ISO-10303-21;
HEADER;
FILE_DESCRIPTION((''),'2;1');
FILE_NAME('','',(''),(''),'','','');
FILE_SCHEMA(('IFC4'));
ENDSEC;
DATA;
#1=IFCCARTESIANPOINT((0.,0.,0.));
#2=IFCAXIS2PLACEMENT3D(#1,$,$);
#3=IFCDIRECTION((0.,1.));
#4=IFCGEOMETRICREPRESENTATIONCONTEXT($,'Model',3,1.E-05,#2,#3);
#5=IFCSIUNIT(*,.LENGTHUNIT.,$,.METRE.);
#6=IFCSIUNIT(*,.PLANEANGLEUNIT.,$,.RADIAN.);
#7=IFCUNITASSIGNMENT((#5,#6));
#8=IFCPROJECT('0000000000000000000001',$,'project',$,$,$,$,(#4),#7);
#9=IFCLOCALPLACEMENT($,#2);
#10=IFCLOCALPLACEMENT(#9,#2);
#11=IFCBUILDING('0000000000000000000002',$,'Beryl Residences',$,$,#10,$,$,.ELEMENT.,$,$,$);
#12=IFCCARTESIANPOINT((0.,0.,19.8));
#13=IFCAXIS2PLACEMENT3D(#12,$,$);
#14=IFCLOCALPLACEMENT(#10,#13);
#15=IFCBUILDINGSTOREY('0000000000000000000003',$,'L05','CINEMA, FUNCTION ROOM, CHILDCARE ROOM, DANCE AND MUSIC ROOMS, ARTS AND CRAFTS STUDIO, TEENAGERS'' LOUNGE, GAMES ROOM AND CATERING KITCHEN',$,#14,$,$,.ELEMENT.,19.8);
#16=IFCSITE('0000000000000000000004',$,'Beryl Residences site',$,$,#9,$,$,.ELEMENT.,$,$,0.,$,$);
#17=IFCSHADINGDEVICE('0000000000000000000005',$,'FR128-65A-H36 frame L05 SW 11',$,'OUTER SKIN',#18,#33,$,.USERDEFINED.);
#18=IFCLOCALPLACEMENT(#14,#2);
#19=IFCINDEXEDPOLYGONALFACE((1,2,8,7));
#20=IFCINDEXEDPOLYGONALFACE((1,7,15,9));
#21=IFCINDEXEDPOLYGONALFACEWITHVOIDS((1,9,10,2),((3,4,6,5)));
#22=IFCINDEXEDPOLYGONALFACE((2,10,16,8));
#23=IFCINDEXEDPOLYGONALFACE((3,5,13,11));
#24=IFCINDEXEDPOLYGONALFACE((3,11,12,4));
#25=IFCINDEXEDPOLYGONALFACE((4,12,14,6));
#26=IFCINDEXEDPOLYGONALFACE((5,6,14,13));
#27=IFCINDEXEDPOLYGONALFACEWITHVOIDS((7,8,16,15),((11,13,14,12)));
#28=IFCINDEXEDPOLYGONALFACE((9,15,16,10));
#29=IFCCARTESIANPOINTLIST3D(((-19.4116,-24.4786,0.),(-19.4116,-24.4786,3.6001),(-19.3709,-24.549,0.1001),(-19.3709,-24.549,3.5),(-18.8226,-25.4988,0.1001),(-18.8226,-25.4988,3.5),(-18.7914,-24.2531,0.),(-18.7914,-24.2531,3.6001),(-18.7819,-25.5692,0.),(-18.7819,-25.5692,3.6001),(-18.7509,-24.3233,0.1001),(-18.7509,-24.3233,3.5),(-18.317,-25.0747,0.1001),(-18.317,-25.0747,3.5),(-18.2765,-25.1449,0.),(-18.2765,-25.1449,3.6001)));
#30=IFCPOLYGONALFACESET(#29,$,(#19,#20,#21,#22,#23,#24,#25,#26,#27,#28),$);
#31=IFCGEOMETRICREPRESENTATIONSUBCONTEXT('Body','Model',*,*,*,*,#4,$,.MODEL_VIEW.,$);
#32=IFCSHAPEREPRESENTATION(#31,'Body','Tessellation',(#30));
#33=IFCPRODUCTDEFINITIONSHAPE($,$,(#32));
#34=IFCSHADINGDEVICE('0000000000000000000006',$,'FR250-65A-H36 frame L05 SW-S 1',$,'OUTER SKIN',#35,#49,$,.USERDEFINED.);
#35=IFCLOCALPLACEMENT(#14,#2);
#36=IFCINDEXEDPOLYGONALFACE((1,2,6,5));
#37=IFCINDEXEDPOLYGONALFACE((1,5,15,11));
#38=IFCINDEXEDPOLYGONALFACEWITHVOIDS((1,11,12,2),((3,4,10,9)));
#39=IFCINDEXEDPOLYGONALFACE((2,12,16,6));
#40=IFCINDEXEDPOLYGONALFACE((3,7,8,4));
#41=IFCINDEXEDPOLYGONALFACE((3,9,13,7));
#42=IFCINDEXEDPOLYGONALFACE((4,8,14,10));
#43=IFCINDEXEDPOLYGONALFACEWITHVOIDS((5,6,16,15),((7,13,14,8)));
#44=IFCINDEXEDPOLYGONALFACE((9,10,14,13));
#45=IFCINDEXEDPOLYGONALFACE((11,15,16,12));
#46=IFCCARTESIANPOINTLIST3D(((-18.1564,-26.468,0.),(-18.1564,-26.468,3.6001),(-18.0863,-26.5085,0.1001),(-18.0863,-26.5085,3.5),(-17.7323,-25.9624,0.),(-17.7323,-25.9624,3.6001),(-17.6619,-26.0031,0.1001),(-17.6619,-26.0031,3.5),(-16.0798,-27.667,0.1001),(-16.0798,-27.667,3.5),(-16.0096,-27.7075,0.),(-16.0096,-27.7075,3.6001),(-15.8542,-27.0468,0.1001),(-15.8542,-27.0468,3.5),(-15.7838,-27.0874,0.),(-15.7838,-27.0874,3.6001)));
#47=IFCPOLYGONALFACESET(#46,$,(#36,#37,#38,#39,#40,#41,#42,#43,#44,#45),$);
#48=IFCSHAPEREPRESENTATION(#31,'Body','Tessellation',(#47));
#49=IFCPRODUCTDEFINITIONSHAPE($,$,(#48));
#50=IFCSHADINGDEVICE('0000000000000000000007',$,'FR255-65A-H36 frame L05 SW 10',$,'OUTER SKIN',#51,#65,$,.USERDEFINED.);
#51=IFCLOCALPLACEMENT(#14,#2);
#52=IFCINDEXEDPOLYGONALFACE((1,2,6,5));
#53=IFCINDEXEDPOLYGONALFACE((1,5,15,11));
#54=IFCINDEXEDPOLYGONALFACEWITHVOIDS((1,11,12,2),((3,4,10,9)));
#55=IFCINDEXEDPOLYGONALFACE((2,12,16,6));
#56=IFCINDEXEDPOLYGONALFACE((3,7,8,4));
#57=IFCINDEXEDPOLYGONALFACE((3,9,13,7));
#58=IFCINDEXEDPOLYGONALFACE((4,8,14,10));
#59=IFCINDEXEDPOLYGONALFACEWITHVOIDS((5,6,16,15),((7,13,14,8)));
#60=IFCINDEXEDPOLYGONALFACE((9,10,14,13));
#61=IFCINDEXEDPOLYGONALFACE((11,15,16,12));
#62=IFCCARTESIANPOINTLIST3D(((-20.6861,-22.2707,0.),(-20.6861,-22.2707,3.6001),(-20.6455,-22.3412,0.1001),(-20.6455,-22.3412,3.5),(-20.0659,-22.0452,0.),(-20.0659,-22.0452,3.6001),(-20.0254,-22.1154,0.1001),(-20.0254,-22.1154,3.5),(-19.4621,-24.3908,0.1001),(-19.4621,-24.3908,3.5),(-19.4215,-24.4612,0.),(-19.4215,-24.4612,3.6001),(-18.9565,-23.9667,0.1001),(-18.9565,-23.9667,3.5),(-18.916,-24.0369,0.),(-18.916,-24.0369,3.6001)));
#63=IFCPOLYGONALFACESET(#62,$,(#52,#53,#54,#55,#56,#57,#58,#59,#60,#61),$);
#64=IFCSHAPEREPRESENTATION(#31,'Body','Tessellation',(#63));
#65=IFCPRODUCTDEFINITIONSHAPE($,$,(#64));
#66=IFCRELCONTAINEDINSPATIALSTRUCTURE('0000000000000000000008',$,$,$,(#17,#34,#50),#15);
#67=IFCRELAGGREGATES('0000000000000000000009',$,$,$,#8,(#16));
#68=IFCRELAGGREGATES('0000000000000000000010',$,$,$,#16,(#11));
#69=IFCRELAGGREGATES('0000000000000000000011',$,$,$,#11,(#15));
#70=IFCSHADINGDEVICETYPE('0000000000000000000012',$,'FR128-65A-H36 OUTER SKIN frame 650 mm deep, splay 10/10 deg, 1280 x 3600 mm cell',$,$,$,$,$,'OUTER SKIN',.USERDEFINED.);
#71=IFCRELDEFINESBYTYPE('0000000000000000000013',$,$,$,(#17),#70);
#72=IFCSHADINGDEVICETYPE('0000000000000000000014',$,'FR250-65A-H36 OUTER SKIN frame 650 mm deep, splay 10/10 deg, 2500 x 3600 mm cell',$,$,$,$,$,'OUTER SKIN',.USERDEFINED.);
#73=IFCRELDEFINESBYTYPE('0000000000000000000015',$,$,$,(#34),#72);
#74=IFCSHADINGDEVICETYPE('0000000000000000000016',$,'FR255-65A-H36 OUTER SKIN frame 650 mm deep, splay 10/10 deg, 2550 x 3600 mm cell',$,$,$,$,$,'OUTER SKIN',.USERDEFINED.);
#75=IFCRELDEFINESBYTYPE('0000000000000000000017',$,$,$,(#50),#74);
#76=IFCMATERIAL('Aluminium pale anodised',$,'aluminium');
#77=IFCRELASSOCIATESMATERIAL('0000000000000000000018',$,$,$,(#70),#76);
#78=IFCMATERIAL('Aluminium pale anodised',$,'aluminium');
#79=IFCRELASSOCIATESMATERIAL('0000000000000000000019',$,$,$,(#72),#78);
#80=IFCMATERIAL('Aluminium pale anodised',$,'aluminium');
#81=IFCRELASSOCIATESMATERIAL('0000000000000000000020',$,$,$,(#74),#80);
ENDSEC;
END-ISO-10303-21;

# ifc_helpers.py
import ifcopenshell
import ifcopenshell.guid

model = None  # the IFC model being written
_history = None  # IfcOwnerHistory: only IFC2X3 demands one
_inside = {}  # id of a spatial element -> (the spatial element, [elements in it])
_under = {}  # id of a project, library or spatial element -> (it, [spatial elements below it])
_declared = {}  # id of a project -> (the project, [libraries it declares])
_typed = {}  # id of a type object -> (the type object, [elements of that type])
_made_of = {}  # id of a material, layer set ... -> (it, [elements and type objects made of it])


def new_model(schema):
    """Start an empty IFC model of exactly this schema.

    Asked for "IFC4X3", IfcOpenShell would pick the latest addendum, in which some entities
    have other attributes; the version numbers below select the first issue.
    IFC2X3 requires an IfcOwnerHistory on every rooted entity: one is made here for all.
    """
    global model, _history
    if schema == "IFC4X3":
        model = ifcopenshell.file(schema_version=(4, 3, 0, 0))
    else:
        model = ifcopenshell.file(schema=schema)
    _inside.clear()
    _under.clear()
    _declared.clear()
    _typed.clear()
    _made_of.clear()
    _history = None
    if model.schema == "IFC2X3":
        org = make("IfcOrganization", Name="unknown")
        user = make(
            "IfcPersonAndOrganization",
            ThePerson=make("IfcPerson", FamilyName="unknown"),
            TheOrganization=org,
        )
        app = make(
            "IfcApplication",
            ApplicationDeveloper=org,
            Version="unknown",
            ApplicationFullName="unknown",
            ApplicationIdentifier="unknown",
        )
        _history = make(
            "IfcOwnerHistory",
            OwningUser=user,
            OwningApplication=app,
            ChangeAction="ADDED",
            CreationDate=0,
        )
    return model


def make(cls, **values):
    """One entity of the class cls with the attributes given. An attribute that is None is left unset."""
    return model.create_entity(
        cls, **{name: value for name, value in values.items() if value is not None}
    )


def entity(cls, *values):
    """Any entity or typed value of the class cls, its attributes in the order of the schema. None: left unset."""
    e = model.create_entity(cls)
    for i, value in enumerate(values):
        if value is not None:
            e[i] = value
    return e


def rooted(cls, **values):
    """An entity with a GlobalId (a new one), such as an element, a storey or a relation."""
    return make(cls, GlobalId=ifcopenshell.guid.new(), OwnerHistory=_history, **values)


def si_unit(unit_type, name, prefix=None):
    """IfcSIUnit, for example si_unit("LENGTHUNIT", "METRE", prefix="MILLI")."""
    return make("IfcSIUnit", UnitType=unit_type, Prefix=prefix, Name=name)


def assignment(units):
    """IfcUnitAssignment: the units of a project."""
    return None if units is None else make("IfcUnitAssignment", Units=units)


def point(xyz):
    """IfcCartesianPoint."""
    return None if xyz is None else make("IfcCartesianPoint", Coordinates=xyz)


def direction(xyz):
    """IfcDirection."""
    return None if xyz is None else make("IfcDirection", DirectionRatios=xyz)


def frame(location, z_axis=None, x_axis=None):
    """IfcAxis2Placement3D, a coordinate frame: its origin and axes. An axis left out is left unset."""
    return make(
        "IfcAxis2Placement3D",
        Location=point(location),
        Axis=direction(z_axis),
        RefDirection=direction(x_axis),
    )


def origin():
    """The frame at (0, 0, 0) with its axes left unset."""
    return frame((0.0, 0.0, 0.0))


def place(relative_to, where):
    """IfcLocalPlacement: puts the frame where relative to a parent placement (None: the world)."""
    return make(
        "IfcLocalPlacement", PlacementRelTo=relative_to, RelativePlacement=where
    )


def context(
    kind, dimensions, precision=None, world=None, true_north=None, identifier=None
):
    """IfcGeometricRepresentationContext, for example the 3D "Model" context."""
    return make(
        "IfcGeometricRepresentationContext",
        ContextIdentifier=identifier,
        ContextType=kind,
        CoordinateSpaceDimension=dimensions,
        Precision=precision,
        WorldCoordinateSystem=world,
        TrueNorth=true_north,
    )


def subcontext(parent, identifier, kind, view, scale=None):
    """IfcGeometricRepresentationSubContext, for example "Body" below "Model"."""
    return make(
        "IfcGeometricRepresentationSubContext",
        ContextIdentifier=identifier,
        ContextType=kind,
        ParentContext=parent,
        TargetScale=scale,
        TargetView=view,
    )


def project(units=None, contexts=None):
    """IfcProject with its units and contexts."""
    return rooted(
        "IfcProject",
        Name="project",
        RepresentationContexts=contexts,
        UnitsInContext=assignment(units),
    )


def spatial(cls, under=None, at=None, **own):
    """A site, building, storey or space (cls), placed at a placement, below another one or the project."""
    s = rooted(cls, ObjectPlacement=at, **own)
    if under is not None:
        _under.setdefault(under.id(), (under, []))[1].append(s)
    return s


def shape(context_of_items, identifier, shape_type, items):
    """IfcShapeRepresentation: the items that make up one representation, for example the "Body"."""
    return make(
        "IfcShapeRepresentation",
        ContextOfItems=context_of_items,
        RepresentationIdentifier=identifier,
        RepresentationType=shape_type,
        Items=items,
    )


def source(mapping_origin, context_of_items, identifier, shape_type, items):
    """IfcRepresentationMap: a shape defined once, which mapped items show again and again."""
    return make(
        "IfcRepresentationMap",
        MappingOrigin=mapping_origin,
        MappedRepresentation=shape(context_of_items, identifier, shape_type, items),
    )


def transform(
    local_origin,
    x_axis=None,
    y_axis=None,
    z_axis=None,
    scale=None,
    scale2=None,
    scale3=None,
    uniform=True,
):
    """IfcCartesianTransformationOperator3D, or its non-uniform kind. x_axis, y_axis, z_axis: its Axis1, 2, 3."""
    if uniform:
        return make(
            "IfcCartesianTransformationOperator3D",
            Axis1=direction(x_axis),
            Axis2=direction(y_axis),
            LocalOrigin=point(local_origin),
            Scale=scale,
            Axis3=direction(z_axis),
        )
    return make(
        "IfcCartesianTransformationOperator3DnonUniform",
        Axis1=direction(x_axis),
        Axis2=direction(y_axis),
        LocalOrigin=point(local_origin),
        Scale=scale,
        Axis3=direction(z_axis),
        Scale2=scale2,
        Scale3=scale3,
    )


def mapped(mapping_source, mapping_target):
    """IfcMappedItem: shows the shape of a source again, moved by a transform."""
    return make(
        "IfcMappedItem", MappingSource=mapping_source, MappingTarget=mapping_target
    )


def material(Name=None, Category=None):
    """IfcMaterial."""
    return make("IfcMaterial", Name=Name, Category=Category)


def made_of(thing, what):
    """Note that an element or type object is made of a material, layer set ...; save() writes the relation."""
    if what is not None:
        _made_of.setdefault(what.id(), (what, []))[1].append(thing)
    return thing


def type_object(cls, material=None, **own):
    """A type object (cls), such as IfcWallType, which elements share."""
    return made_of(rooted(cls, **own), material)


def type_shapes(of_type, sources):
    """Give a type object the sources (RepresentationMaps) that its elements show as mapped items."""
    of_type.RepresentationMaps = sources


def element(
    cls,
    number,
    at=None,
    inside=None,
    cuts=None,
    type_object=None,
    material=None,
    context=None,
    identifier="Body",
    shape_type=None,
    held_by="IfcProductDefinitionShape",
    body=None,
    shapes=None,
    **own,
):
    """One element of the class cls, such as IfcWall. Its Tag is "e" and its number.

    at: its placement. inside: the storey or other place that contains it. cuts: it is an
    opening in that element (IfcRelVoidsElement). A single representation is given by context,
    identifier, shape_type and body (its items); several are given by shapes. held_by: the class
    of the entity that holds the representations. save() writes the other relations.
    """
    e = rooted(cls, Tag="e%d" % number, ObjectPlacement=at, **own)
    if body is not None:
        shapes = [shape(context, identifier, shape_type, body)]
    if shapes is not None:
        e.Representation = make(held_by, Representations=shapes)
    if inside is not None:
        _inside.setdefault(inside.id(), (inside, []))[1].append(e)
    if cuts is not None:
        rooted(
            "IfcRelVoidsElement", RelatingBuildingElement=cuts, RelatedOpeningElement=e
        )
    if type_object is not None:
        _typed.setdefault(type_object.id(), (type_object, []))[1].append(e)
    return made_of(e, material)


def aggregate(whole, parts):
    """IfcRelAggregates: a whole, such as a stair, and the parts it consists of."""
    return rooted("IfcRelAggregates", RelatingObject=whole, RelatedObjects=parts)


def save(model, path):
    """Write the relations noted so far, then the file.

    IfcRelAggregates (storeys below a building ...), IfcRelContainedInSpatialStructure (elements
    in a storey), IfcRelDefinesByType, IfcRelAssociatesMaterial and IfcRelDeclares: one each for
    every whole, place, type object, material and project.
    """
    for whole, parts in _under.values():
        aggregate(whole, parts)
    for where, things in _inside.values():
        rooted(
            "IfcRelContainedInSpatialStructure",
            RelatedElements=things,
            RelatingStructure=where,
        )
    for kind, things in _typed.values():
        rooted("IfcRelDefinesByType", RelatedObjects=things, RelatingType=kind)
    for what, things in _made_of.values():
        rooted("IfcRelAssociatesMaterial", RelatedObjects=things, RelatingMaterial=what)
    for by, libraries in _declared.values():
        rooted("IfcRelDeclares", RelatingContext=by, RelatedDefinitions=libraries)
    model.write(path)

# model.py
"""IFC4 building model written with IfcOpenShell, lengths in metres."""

from ifc_helpers import new_model, entity, si_unit, direction, frame, origin, place, context, subcontext, project, spatial, source, transform, mapped, material, type_object, type_shapes, element, save


model = new_model("IFC4")

# Units and contexts
model_context = context("Model", 3, precision=1e-05, world=origin(), true_north=direction((0.0, 1.0)))
body_context = subcontext(model_context, "Body", "Model", "MODEL_VIEW")
ifc_project = project(units=[si_unit("LENGTHUNIT", "METRE"), si_unit("PLANEANGLEUNIT", "RADIAN")], contexts=[model_context])

# Site, building, storey
site_placement = place(None, origin())
site = spatial("IfcSite", under=ifc_project, at=site_placement, Name="Beryl Residences site", CompositionType="ELEMENT", RefElevation=0.0)
building_placement = place(site_placement, origin())
building = spatial("IfcBuilding", under=site, at=building_placement, Name="Beryl Residences", CompositionType="ELEMENT")
storey_placement = place(building_placement, frame((0.0, 0.0, 19.8)))
storey = spatial("IfcBuildingStorey", under=building, at=storey_placement, Name="L05", Description="CINEMA, FUNCTION ROOM, CHILDCARE ROOM, DANCE AND MUSIC ROOMS, ARTS AND CRAFTS STUDIO, TEENAGERS' LOUNGE, GAMES ROOM AND CATERING KITCHEN", CompositionType="ELEMENT", Elevation=19.8)

# Shading devices
ifc_material_1 = material(Name="Aluminium pale anodised", Category="aluminium")
shading_device_type_1 = type_object("IfcShadingDeviceType", Name="FR128-65A-H36 OUTER SKIN frame 650 mm deep, splay 10/10 deg, 1280 x 3600 mm cell", ElementType="OUTER SKIN", PredefinedType="USERDEFINED", material=ifc_material_1)
cartesian_point_1 = entity("IfcCartesianPoint", [-0.5149, 0.0])
cartesian_point_2 = entity("IfcCartesianPoint", [-0.4338, 0.1001])
cartesian_point_3 = entity("IfcCartesianPoint", [-0.6296, 0.0])
cartesian_point_4 = entity("IfcCartesianPoint", [-0.5483, 0.1001])
shared_shape_1 = source(origin(), body_context, "Body", "SweptSolid", [
    entity("IfcExtrudedAreaSolidTapered", entity("IfcArbitraryProfileDefWithVoids", "AREA", None, entity("IfcPolyline", [cartesian_point_1, entity("IfcCartesianPoint", [0.5149, 0.0]), entity("IfcCartesianPoint", [0.5149, 3.6001]), entity("IfcCartesianPoint", [-0.5149, 3.6001]), cartesian_point_1]), [entity("IfcPolyline", [cartesian_point_2, entity("IfcCartesianPoint", [0.4338, 0.1001]), entity("IfcCartesianPoint", [0.4338, 3.5]), entity("IfcCartesianPoint", [-0.4338, 3.5]), cartesian_point_2])]), entity("IfcAxis2Placement3D", entity("IfcCartesianPoint", [0.0, 0.0, 0.0]), entity("IfcDirection", [0.0, 1.0, 0.0]), entity("IfcDirection", [-1.0, 0.0, 0.0])), entity("IfcDirection", [0.0, 0.0, 1.0]), 0.6499, entity("IfcArbitraryProfileDefWithVoids", "AREA", None, entity("IfcPolyline", [cartesian_point_3, entity("IfcCartesianPoint", [0.6296, 0.0]), entity("IfcCartesianPoint", [0.6296, 3.6001]), entity("IfcCartesianPoint", [-0.6296, 3.6001]), cartesian_point_3]), [entity("IfcPolyline", [cartesian_point_4, entity("IfcCartesianPoint", [0.5483, 0.1001]), entity("IfcCartesianPoint", [0.5483, 3.5]), entity("IfcCartesianPoint", [-0.5483, 3.5]), cartesian_point_4])])),
])
type_shapes(shading_device_type_1, [shared_shape_1])
shading_device_1_placement = place(storey_placement, frame((-18.5339, -24.699, 0.0), z_axis=(0.0, 0.0, 1.0), x_axis=(-0.5, 0.866025, 0.0)))
element("IfcShadingDevice", 1, at=shading_device_1_placement, inside=storey, type_object=shading_device_type_1, Name="FR128-65A-H36 frame L05 SW 11", ObjectType="OUTER SKIN", PredefinedType="USERDEFINED", context=body_context, shape_type="MappedRepresentation", body=[
    mapped(shared_shape_1, transform((0.0, 0.0, 0.0))),
])
ifc_material_2 = material(Name="Aluminium pale anodised", Category="aluminium")
shading_device_type_2 = type_object("IfcShadingDeviceType", Name="FR250-65A-H36 OUTER SKIN frame 650 mm deep, splay 10/10 deg, 2500 x 3600 mm cell", ElementType="OUTER SKIN", PredefinedType="USERDEFINED", material=ifc_material_2)
cartesian_point_5 = entity("IfcCartesianPoint", [-1.125, 0.0])
cartesian_point_6 = entity("IfcCartesianPoint", [-1.0437, 0.1001])
cartesian_point_7 = entity("IfcCartesianPoint", [-1.2395, 0.0])
cartesian_point_8 = entity("IfcCartesianPoint", [-1.1584, 0.1001])
shared_shape_2 = source(origin(), body_context, "Body", "SweptSolid", [
    entity("IfcExtrudedAreaSolidTapered", entity("IfcArbitraryProfileDefWithVoids", "AREA", None, entity("IfcPolyline", [cartesian_point_5, entity("IfcCartesianPoint", [1.125, 0.0]), entity("IfcCartesianPoint", [1.125, 3.6001]), entity("IfcCartesianPoint", [-1.125, 3.6001]), cartesian_point_5]), [entity("IfcPolyline", [cartesian_point_6, entity("IfcCartesianPoint", [1.0437, 0.1001]), entity("IfcCartesianPoint", [1.0437, 3.5]), entity("IfcCartesianPoint", [-1.0437, 3.5]), cartesian_point_6])]), entity("IfcAxis2Placement3D", entity("IfcCartesianPoint", [0.0, 0.0, 0.0]), entity("IfcDirection", [0.0, 1.0, 0.0]), entity("IfcDirection", [-1.0, 0.0, 0.0])), entity("IfcDirection", [0.0, 0.0, 1.0]), 0.6499, entity("IfcArbitraryProfileDefWithVoids", "AREA", None, entity("IfcPolyline", [cartesian_point_7, entity("IfcCartesianPoint", [1.2395, 0.0]), entity("IfcCartesianPoint", [1.2395, 3.6001]), entity("IfcCartesianPoint", [-1.2395, 3.6001]), cartesian_point_7]), [entity("IfcPolyline", [cartesian_point_8, entity("IfcCartesianPoint", [1.1584, 0.1001]), entity("IfcCartesianPoint", [1.1584, 3.5]), entity("IfcCartesianPoint", [-1.1584, 3.5]), cartesian_point_8])])),
])
type_shapes(shading_device_type_2, [shared_shape_2])
shading_device_2_placement = place(storey_placement, frame((-16.7581, -26.5249, 0.0), z_axis=(0.0, 0.0, 1.0), x_axis=(-0.866025, 0.5, 0.0)))
element("IfcShadingDevice", 2, at=shading_device_2_placement, inside=storey, type_object=shading_device_type_2, Name="FR250-65A-H36 frame L05 SW-S 1", ObjectType="OUTER SKIN", PredefinedType="USERDEFINED", context=body_context, shape_type="MappedRepresentation", body=[
    mapped(shared_shape_2, transform((0.0, 0.0, 0.0))),
])
ifc_material_3 = material(Name="Aluminium pale anodised", Category="aluminium")
shading_device_type_3 = type_object("IfcShadingDeviceType", Name="FR255-65A-H36 OUTER SKIN frame 650 mm deep, splay 10/10 deg, 2550 x 3600 mm cell", ElementType="OUTER SKIN", PredefinedType="USERDEFINED", material=ifc_material_3)
cartesian_point_9 = entity("IfcCartesianPoint", [-1.1499, 0.0])
cartesian_point_10 = entity("IfcCartesianPoint", [-1.0688, 0.1001])
cartesian_point_11 = entity("IfcCartesianPoint", [-1.2646, 0.0])
cartesian_point_12 = entity("IfcCartesianPoint", [-1.1833, 0.1001])
shared_shape_3 = source(origin(), body_context, "Body", "SweptSolid", [
    entity("IfcExtrudedAreaSolidTapered", entity("IfcArbitraryProfileDefWithVoids", "AREA", None, entity("IfcPolyline", [cartesian_point_9, entity("IfcCartesianPoint", [1.1499, 0.0]), entity("IfcCartesianPoint", [1.1499, 3.6001]), entity("IfcCartesianPoint", [-1.1499, 3.6001]), cartesian_point_9]), [entity("IfcPolyline", [cartesian_point_10, entity("IfcCartesianPoint", [1.0688, 0.1001]), entity("IfcCartesianPoint", [1.0688, 3.5]), entity("IfcCartesianPoint", [-1.0688, 3.5]), cartesian_point_10])]), entity("IfcAxis2Placement3D", entity("IfcCartesianPoint", [0.0, 0.0, 0.0]), entity("IfcDirection", [0.0, 1.0, 0.0]), entity("IfcDirection", [-1.0, 0.0, 0.0])), entity("IfcDirection", [0.0, 0.0, 1.0]), 0.6499, entity("IfcArbitraryProfileDefWithVoids", "AREA", None, entity("IfcPolyline", [cartesian_point_11, entity("IfcCartesianPoint", [1.2646, 0.0]), entity("IfcCartesianPoint", [1.2646, 3.6001]), entity("IfcCartesianPoint", [-1.2646, 3.6001]), cartesian_point_11]), [entity("IfcPolyline", [cartesian_point_12, entity("IfcCartesianPoint", [1.1833, 0.1001]), entity("IfcCartesianPoint", [1.1833, 3.5]), entity("IfcCartesianPoint", [-1.1833, 3.5]), cartesian_point_12])])),
])
type_shapes(shading_device_type_3, [shared_shape_3])
shading_device_3_placement = place(storey_placement, frame((-19.491, -23.041, 0.0), z_axis=(0.0, 0.0, 1.0), x_axis=(-0.5, 0.866025, 0.0)))
element("IfcShadingDevice", 3, at=shading_device_3_placement, inside=storey, type_object=shading_device_type_3, Name="FR255-65A-H36 frame L05 SW 10", ObjectType="OUTER SKIN", PredefinedType="USERDEFINED", context=body_context, shape_type="MappedRepresentation", body=[
    mapped(shared_shape_3, transform((0.0, 0.0, 0.0))),
])

save(model, "model.ifc")
